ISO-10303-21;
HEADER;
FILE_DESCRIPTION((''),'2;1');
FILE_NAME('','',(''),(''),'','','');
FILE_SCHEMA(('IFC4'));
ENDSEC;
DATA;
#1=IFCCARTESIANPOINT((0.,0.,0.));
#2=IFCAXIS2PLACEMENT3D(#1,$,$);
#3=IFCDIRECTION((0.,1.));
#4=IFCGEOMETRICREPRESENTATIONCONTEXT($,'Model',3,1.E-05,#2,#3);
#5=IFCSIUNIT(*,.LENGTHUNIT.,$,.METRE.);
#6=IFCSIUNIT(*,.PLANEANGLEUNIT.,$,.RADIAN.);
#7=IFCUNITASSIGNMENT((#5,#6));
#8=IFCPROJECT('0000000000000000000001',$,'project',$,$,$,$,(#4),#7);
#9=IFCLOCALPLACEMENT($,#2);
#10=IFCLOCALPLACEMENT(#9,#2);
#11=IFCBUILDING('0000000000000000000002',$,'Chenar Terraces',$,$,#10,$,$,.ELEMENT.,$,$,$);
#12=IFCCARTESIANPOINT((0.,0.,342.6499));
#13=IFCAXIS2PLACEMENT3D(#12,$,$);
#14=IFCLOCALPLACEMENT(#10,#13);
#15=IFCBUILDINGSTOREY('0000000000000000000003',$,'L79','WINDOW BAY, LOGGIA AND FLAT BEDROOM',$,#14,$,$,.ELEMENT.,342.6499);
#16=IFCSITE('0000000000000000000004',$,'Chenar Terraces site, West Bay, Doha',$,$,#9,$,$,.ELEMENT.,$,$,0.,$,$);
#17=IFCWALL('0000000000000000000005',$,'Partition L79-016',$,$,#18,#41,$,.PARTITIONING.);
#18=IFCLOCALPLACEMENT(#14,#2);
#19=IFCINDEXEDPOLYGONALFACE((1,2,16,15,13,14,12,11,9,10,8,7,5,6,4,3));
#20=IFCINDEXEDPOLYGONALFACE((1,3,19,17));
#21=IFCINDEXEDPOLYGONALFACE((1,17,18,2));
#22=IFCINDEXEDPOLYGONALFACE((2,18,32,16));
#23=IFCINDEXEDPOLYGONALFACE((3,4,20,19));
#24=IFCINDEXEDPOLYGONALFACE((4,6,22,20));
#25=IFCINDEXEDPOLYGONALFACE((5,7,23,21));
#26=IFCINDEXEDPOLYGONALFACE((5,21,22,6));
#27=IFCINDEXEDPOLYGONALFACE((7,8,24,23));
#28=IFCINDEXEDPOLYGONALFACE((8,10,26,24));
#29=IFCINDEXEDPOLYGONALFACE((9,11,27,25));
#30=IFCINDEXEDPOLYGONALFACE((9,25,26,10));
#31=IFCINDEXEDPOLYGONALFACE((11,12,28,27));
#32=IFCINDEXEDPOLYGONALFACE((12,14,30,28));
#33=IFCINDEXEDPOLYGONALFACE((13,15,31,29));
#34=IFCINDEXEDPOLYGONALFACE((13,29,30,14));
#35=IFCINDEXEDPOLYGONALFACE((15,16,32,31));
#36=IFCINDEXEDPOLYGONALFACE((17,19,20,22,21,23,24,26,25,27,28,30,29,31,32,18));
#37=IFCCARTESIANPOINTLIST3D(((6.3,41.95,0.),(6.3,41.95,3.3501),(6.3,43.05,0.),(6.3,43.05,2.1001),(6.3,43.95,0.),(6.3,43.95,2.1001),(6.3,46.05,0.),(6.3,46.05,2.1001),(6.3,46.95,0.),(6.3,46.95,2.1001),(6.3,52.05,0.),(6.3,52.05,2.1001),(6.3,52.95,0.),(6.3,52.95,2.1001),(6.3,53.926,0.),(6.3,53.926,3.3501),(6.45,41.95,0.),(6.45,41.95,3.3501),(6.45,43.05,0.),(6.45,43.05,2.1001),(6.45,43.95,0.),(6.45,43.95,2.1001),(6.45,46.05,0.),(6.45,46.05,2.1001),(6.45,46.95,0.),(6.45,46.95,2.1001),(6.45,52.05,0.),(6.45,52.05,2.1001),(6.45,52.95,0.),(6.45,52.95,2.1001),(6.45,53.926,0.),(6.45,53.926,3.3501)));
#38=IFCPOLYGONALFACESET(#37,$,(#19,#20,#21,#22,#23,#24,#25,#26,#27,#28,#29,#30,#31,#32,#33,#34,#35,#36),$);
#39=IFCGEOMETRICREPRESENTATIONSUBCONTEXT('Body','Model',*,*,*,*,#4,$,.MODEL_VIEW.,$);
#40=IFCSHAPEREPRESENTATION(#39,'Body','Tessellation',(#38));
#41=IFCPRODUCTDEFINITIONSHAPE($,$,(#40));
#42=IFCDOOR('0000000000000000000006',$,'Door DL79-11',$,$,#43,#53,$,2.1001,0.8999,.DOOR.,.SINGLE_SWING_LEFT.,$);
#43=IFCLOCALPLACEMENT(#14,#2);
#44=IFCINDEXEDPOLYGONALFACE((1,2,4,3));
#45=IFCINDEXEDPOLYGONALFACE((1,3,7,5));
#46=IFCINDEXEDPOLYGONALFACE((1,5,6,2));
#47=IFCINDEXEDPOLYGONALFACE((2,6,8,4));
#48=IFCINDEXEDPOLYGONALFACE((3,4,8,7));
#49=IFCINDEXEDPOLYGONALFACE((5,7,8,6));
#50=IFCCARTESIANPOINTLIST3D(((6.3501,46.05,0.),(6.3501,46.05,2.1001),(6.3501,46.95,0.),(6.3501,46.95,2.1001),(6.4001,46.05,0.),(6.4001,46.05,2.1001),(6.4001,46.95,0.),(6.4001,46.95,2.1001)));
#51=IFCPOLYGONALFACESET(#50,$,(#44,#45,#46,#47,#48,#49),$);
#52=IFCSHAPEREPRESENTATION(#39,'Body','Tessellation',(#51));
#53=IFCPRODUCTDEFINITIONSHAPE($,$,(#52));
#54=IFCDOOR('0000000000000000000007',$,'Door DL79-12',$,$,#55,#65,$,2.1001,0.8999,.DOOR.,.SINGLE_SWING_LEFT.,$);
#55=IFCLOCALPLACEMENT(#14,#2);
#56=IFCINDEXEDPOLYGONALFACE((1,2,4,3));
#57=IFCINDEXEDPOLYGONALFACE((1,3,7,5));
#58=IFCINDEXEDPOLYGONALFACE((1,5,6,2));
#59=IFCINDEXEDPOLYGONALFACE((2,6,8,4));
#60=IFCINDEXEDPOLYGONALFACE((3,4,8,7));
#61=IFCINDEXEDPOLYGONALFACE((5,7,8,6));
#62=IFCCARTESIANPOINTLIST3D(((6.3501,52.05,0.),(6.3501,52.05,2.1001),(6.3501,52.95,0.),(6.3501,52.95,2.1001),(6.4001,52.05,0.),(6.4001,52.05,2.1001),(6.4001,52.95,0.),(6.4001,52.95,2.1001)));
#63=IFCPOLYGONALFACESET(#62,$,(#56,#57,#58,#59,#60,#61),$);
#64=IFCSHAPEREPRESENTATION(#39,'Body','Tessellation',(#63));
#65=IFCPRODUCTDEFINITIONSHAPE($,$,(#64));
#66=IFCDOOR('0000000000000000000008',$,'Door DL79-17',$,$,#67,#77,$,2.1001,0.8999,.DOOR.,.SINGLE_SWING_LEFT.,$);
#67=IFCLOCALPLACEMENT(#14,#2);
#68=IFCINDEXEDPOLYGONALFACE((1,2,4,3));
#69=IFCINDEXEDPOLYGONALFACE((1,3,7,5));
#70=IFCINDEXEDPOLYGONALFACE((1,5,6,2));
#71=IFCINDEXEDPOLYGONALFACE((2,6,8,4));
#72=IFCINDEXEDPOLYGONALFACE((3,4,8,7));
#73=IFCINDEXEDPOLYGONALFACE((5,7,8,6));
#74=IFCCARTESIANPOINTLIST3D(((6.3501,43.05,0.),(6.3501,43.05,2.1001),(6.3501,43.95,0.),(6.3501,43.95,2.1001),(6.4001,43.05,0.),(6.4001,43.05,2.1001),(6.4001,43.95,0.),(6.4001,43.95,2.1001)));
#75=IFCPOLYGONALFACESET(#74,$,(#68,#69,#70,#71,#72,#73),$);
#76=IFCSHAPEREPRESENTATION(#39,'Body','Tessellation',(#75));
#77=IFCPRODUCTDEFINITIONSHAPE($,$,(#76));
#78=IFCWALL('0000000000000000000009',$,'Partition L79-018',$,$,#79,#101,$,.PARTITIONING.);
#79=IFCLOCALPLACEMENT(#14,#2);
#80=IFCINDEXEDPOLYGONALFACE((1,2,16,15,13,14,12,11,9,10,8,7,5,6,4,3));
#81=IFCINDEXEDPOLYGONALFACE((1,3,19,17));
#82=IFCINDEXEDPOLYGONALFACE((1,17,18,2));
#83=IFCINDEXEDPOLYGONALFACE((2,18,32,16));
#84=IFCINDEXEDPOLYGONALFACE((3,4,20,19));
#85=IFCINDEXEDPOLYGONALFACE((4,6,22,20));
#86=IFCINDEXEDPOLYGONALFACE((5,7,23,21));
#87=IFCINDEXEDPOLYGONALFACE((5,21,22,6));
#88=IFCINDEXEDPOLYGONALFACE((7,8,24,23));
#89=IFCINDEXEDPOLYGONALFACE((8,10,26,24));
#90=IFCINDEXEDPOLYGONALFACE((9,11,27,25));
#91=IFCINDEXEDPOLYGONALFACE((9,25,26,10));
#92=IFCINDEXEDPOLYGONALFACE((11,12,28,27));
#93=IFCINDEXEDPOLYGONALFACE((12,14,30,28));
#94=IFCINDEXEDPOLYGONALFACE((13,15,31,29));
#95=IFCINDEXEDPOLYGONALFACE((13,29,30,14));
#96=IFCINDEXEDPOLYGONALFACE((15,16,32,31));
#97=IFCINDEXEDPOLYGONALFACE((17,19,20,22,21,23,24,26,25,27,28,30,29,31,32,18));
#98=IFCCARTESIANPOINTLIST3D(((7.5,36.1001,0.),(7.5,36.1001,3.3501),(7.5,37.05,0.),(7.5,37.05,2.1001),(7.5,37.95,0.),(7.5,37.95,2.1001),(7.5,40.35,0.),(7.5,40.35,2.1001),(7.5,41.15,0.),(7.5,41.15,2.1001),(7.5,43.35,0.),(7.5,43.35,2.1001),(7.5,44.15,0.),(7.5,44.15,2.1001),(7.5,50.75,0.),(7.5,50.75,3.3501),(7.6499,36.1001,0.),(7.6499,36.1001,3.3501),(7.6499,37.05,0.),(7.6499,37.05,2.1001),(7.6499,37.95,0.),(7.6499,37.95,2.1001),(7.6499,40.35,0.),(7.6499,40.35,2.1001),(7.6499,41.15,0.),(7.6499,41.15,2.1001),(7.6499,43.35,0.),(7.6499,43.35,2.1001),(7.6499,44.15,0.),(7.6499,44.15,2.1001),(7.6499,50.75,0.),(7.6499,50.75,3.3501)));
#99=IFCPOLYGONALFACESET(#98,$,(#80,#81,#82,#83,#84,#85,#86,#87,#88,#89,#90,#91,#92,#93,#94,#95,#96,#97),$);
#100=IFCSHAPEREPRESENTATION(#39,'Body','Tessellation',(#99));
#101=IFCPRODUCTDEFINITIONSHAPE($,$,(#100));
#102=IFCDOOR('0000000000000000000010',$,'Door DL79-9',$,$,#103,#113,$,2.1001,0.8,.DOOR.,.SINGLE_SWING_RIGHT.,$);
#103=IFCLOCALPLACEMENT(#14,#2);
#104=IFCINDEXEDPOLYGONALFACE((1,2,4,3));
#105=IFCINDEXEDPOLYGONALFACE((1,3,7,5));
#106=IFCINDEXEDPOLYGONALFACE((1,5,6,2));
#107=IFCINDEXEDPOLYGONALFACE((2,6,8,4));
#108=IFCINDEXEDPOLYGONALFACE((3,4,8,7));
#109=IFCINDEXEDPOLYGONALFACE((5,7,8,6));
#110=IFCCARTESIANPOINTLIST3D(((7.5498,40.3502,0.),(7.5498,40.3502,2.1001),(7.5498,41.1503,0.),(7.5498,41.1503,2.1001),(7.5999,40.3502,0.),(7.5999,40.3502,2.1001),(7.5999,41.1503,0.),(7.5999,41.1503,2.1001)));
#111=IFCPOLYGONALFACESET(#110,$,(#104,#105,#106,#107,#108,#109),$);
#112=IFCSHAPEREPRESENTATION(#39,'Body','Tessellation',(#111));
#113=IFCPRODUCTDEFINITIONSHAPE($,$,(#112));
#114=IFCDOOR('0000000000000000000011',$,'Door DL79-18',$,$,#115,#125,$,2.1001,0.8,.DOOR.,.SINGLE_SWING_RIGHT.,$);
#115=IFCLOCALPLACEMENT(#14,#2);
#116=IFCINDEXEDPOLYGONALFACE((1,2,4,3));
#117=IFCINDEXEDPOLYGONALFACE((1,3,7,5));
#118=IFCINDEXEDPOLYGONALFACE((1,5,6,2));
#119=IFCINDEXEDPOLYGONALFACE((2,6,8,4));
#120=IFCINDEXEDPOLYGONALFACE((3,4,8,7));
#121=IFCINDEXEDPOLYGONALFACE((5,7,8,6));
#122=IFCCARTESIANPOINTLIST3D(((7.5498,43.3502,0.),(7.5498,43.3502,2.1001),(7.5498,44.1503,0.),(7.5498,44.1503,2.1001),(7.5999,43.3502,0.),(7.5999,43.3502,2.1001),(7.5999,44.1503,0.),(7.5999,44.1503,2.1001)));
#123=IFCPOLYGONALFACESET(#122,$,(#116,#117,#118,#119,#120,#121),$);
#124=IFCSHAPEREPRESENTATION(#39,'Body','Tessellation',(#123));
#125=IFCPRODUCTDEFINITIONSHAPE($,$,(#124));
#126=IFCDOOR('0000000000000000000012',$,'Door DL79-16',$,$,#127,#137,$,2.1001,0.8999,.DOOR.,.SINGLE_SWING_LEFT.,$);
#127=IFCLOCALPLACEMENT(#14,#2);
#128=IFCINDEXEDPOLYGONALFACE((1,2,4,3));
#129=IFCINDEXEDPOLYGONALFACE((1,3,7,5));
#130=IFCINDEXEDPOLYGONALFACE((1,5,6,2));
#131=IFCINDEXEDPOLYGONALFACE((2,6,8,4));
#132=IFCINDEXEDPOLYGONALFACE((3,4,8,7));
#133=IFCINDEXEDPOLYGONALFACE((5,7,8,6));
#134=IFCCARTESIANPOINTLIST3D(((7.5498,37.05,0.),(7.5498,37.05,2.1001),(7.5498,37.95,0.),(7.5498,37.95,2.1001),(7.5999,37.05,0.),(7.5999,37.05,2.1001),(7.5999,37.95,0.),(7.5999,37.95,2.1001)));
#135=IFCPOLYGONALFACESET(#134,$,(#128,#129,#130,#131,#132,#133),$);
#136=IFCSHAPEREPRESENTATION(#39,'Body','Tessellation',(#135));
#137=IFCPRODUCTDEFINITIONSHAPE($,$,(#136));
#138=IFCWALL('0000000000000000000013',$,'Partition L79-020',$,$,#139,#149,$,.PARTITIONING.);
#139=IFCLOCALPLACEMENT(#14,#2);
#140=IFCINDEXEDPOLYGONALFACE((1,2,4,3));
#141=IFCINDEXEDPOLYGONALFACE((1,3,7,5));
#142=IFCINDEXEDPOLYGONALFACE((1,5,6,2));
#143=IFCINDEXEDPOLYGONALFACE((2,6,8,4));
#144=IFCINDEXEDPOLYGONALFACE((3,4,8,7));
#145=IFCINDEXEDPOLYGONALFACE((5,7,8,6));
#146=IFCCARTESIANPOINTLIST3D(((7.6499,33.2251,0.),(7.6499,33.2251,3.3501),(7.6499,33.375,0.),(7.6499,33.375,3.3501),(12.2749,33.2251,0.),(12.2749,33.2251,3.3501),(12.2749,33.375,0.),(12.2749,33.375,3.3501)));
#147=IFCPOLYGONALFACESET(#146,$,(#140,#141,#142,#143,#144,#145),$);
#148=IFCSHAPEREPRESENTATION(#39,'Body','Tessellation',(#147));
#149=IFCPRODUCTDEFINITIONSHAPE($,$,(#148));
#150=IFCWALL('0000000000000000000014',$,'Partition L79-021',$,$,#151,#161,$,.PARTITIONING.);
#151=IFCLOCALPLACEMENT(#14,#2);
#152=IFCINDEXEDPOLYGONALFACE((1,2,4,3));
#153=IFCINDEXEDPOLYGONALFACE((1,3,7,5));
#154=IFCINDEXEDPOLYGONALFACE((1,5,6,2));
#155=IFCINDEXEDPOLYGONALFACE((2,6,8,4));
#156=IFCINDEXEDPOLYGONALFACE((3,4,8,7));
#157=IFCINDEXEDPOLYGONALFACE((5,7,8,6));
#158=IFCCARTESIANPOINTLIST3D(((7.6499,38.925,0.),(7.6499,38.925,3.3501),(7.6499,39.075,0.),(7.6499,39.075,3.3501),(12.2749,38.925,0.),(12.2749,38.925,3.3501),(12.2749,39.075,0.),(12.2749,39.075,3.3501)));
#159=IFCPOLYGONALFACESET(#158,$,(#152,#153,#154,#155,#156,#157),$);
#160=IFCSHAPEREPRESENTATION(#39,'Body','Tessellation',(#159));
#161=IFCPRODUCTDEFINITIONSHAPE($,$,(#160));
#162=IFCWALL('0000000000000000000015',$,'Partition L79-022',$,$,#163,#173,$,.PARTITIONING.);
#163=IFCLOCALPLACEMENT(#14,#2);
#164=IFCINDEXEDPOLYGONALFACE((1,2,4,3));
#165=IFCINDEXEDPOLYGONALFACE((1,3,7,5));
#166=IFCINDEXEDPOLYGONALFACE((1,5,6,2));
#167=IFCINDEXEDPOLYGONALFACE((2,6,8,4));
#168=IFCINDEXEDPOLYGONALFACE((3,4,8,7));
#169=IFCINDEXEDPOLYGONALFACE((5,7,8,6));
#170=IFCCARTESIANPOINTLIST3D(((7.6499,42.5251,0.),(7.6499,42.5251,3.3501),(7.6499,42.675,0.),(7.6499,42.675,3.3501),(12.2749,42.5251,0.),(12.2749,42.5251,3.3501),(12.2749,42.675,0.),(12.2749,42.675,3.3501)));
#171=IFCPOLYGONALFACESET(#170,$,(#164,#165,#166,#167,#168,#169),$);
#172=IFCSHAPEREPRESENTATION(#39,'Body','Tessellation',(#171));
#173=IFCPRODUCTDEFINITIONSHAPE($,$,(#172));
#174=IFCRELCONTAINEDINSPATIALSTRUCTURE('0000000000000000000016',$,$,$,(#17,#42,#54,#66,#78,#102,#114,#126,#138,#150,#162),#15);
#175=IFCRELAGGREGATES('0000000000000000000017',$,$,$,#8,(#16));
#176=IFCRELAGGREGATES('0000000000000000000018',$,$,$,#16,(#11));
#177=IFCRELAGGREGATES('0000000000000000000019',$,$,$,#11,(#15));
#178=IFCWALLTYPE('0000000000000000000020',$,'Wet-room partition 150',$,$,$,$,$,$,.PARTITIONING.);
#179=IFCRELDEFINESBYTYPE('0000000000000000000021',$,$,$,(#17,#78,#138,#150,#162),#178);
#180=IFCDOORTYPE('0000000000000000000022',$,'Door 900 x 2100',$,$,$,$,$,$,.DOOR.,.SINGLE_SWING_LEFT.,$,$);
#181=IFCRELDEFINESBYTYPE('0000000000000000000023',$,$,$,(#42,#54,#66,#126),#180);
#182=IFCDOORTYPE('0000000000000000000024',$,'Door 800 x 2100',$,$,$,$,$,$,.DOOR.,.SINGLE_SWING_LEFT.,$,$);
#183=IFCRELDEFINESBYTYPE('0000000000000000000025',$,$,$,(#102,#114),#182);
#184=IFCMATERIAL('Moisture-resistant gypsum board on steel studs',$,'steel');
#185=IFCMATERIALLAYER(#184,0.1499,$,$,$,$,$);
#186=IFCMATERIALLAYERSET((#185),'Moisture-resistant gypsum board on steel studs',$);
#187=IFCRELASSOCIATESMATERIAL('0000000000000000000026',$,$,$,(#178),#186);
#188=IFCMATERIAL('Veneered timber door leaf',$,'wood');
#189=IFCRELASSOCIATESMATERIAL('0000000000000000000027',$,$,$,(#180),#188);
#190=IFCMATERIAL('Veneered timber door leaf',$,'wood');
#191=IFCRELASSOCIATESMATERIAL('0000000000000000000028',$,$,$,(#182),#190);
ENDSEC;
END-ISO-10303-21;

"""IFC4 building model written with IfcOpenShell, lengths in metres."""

from ifc_helpers import new_model, si_unit, direction, frame, frame_2d, origin, place, context, subcontext, project, spatial, rectangle, extrude, material, layer, layer_set, type_object, element, fill, save


model = new_model("IFC4")

# Units and contexts
model_context = context("Model", 3, precision=1e-05, world=origin(), true_north=direction((0.0, 1.0)))
body_context = subcontext(model_context, "Body", "Model", "MODEL_VIEW")
ifc_project = project(units=[si_unit("LENGTHUNIT", "METRE"), si_unit("PLANEANGLEUNIT", "RADIAN")], contexts=[model_context])

# Site, building, storey
site_placement = place(None, origin())
site = spatial("IfcSite", under=ifc_project, at=site_placement, Name="Chenar Terraces site, West Bay, Doha", CompositionType="ELEMENT", RefElevation=0.0)
building_placement = place(site_placement, origin())
building = spatial("IfcBuilding", under=site, at=building_placement, Name="Chenar Terraces", CompositionType="ELEMENT")
storey_placement = place(building_placement, frame((0.0, 0.0, 342.6499)))
storey = spatial("IfcBuildingStorey", under=building, at=storey_placement, Name="L79", Description="WINDOW BAY, LOGGIA AND FLAT BEDROOM", CompositionType="ELEMENT", Elevation=342.6499)

# Shared definitions
ifc_material_1 = material(Name="Moisture-resistant gypsum board on steel studs", Category="steel")
ifc_layer_1 = layer(ifc_material_1, 0.1499)
ifc_layer_set_1 = layer_set([ifc_layer_1], Name="Moisture-resistant gypsum board on steel studs")
wall_type_1 = type_object("IfcWallType", Name="Wet-room partition 150", PredefinedType="PARTITIONING", material=ifc_layer_set_1)
ifc_material_2 = material(Name="Veneered timber door leaf", Category="wood")
door_type_1 = type_object("IfcDoorType", Name="Door 900 x 2100", OperationType="SINGLE_SWING_LEFT", PredefinedType="DOOR", material=ifc_material_2)

# Walls, openings, doors
wall_1_placement = place(storey_placement, frame((6.375, 41.95, 0.0), z_axis=(0.0, 0.0, 1.0), x_axis=(0.0, 1.0, 0.0)))
wall_1 = element("IfcWall", 1, at=wall_1_placement, inside=storey, type_object=wall_type_1, Name="Partition L79-016", PredefinedType="PARTITIONING", context=body_context, shape_type="SweptSolid", body=[
    extrude(rectangle(XDim=11.9761, YDim=0.1499, at=frame_2d((5.988, 0.0))), origin(), (0.0, 0.0, 1.0), 3.3501),
])
opening_1_placement = place(wall_1_placement, frame((4.1001, 0.0, 0.0)))
opening_1 = element("IfcOpeningElement", 2, at=opening_1_placement, cuts=wall_1, PredefinedType="OPENING", context=body_context, shape_type="SweptSolid", body=[
    extrude(rectangle(XDim=0.8999, YDim=2.1001, at=frame_2d((0.45, 1.05))), frame((0.0, 0.085, 0.0), z_axis=(0.0, -1.0, 0.0), x_axis=(1.0, 0.0, 0.0)), (0.0, 0.0, 1.0), 0.1699),
])
opening_2_placement = place(wall_1_placement, frame((10.1001, 0.0, 0.0)))
opening_2 = element("IfcOpeningElement", 3, at=opening_2_placement, cuts=wall_1, PredefinedType="OPENING", context=body_context, shape_type="SweptSolid", body=[
    extrude(rectangle(XDim=0.8999, YDim=2.1001, at=frame_2d((0.45, 1.05))), frame((0.0, 0.085, 0.0), z_axis=(0.0, -1.0, 0.0), x_axis=(1.0, 0.0, 0.0)), (0.0, 0.0, 1.0), 0.1699),
])
opening_3_placement = place(wall_1_placement, frame((1.1001, 0.0, 0.0)))
opening_3 = element("IfcOpeningElement", 4, at=opening_3_placement, cuts=wall_1, PredefinedType="OPENING", context=body_context, shape_type="SweptSolid", body=[
    extrude(rectangle(XDim=0.8999, YDim=2.1001, at=frame_2d((0.45, 1.05))), frame((0.0, 0.085, 0.0), z_axis=(0.0, -1.0, 0.0), x_axis=(1.0, 0.0, 0.0)), (0.0, 0.0, 1.0), 0.1699),
])
door_1_placement = place(opening_1_placement, origin())
door_1 = element("IfcDoor", 5, at=door_1_placement, inside=storey, type_object=door_type_1, Name="Door DL79-11", OperationType="SINGLE_SWING_LEFT", OverallHeight=2.1001, OverallWidth=0.8999, PredefinedType="DOOR", context=body_context, shape_type="SweptSolid", body=[
    extrude(rectangle(XDim=0.8999, YDim=2.1001, at=frame_2d((0.45, 1.05))), frame((0.0, 0.0249, 0.0), z_axis=(0.0, -1.0, 0.0), x_axis=(1.0, 0.0, 0.0)), (0.0, 0.0, 1.0), 0.05),
])
fill(opening_1, door_1)
door_2_placement = place(opening_2_placement, origin())
door_2 = element("IfcDoor", 6, at=door_2_placement, inside=storey, type_object=door_type_1, Name="Door DL79-12", OperationType="SINGLE_SWING_LEFT", OverallHeight=2.1001, OverallWidth=0.8999, PredefinedType="DOOR", context=body_context, shape_type="SweptSolid", body=[
    extrude(rectangle(XDim=0.8999, YDim=2.1001, at=frame_2d((0.45, 1.05))), frame((0.0, 0.0249, 0.0), z_axis=(0.0, -1.0, 0.0), x_axis=(1.0, 0.0, 0.0)), (0.0, 0.0, 1.0), 0.05),
])
fill(opening_2, door_2)
door_3_placement = place(opening_3_placement, origin())
door_3 = element("IfcDoor", 7, at=door_3_placement, inside=storey, type_object=door_type_1, Name="Door DL79-17", OperationType="SINGLE_SWING_LEFT", OverallHeight=2.1001, OverallWidth=0.8999, PredefinedType="DOOR", context=body_context, shape_type="SweptSolid", body=[
    extrude(rectangle(XDim=0.8999, YDim=2.1001, at=frame_2d((0.45, 1.05))), frame((0.0, 0.0249, 0.0), z_axis=(0.0, -1.0, 0.0), x_axis=(1.0, 0.0, 0.0)), (0.0, 0.0, 1.0), 0.05),
])
fill(opening_3, door_3)
wall_2_placement = place(storey_placement, frame((7.575, 36.1001, 0.0), z_axis=(0.0, 0.0, 1.0), x_axis=(0.0, 1.0, 0.0)))
wall_2 = element("IfcWall", 8, at=wall_2_placement, inside=storey, type_object=wall_type_1, Name="Partition L79-018", PredefinedType="PARTITIONING", context=body_context, shape_type="SweptSolid", body=[
    extrude(rectangle(XDim=14.6499, YDim=0.1499, at=frame_2d((7.325, 0.0))), origin(), (0.0, 0.0, 1.0), 3.3501),
])
opening_4_placement = place(wall_2_placement, frame((4.25, 0.0, 0.0)))
opening_4 = element("IfcOpeningElement", 9, at=opening_4_placement, cuts=wall_2, PredefinedType="OPENING", context=body_context, shape_type="SweptSolid", body=[
    extrude(rectangle(XDim=0.8, YDim=2.1001, at=frame_2d((0.3999, 1.05))), frame((0.0, 0.085, 0.0), z_axis=(0.0, -1.0, 0.0), x_axis=(1.0, 0.0, 0.0)), (0.0, 0.0, 1.0), 0.1699),
])
opening_5_placement = place(wall_2_placement, frame((0.95, 0.0, 0.0)))
opening_5 = element("IfcOpeningElement", 10, at=opening_5_placement, cuts=wall_2, PredefinedType="OPENING", context=body_context, shape_type="SweptSolid", body=[
    extrude(rectangle(XDim=0.8999, YDim=2.1001, at=frame_2d((0.45, 1.05))), frame((0.0, 0.085, 0.0), z_axis=(0.0, -1.0, 0.0), x_axis=(1.0, 0.0, 0.0)), (0.0, 0.0, 1.0), 0.1699),
])
opening_6_placement = place(wall_2_placement, frame((7.25, 0.0, 0.0)))
opening_6 = element("IfcOpeningElement", 11, at=opening_6_placement, cuts=wall_2, PredefinedType="OPENING", context=body_context, shape_type="SweptSolid", body=[
    extrude(rectangle(XDim=0.8, YDim=2.1001, at=frame_2d((0.3999, 1.05))), frame((0.0, 0.085, 0.0), z_axis=(0.0, -1.0, 0.0), x_axis=(1.0, 0.0, 0.0)), (0.0, 0.0, 1.0), 0.1699),
])
ifc_material_3 = material(Name="Veneered timber door leaf", Category="wood")
door_type_2 = type_object("IfcDoorType", Name="Door 800 x 2100", OperationType="SINGLE_SWING_LEFT", PredefinedType="DOOR", material=ifc_material_3)
door_4_placement = place(opening_4_placement, frame((0.8, 0.0, 0.0), z_axis=(0.0, 0.0, 1.0), x_axis=(-1.0, 0.0, 0.0)))
door_4 = element("IfcDoor", 12, at=door_4_placement, inside=storey, type_object=door_type_2, Name="Door DL79-9", OperationType="SINGLE_SWING_RIGHT", OverallHeight=2.1001, OverallWidth=0.8, PredefinedType="DOOR", context=body_context, shape_type="SweptSolid", body=[
    extrude(rectangle(XDim=0.8, YDim=2.1001, at=frame_2d((0.3999, 1.05))), frame((0.0, 0.0249, 0.0), z_axis=(0.0, -1.0, 0.0), x_axis=(1.0, 0.0, 0.0)), (0.0, 0.0, 1.0), 0.05),
])
fill(opening_4, door_4)
door_5_placement = place(opening_6_placement, frame((0.8, 0.0, 0.0), z_axis=(0.0, 0.0, 1.0), x_axis=(-1.0, 0.0, 0.0)))
door_5 = element("IfcDoor", 13, at=door_5_placement, inside=storey, type_object=door_type_2, Name="Door DL79-18", OperationType="SINGLE_SWING_RIGHT", OverallHeight=2.1001, OverallWidth=0.8, PredefinedType="DOOR", context=body_context, shape_type="SweptSolid", body=[
    extrude(rectangle(XDim=0.8, YDim=2.1001, at=frame_2d((0.3999, 1.05))), frame((0.0, 0.0249, 0.0), z_axis=(0.0, -1.0, 0.0), x_axis=(1.0, 0.0, 0.0)), (0.0, 0.0, 1.0), 0.05),
])
fill(opening_6, door_5)
door_6_placement = place(opening_5_placement, frame((0.8999, 0.0, 0.0), z_axis=(0.0, 0.0, 1.0), x_axis=(-1.0, 0.0, 0.0)))
door_6 = element("IfcDoor", 14, at=door_6_placement, inside=storey, type_object=door_type_1, Name="Door DL79-16", OperationType="SINGLE_SWING_LEFT", OverallHeight=2.1001, OverallWidth=0.8999, PredefinedType="DOOR", context=body_context, shape_type="SweptSolid", body=[
    extrude(rectangle(XDim=0.8999, YDim=2.1001, at=frame_2d((0.45, 1.05))), frame((0.0, 0.0249, 0.0), z_axis=(0.0, -1.0, 0.0), x_axis=(1.0, 0.0, 0.0)), (0.0, 0.0, 1.0), 0.05),
])
fill(opening_5, door_6)

# Walls
for number, where, z_axis, x_axis, name in (
    (15, (7.6499, 33.3, 0.0), (0.0, 0.0, 1.0), (1.0, 0.0, 0.0), "Partition L79-020"),
    (16, (7.6499, 39.0, 0.0), (0.0, 0.0, 1.0), (1.0, 0.0, 0.0), "Partition L79-021"),
    (17, (7.6499, 42.6001, 0.0), (0.0, 0.0, 1.0), (1.0, 0.0, 0.0), "Partition L79-022"),
):
    element("IfcWall", number, at=place(storey_placement, frame(where, z_axis=z_axis, x_axis=x_axis)), inside=storey, type_object=wall_type_1, Name=name, PredefinedType="PARTITIONING", context=body_context, shape_type="SweptSolid", body=[
        extrude(rectangle(XDim=4.625, YDim=0.1499, at=frame_2d((2.3125, 0.0))), origin(), (0.0, 0.0, 1.0), 3.3501),
    ])

save(model, "model.ifc")
